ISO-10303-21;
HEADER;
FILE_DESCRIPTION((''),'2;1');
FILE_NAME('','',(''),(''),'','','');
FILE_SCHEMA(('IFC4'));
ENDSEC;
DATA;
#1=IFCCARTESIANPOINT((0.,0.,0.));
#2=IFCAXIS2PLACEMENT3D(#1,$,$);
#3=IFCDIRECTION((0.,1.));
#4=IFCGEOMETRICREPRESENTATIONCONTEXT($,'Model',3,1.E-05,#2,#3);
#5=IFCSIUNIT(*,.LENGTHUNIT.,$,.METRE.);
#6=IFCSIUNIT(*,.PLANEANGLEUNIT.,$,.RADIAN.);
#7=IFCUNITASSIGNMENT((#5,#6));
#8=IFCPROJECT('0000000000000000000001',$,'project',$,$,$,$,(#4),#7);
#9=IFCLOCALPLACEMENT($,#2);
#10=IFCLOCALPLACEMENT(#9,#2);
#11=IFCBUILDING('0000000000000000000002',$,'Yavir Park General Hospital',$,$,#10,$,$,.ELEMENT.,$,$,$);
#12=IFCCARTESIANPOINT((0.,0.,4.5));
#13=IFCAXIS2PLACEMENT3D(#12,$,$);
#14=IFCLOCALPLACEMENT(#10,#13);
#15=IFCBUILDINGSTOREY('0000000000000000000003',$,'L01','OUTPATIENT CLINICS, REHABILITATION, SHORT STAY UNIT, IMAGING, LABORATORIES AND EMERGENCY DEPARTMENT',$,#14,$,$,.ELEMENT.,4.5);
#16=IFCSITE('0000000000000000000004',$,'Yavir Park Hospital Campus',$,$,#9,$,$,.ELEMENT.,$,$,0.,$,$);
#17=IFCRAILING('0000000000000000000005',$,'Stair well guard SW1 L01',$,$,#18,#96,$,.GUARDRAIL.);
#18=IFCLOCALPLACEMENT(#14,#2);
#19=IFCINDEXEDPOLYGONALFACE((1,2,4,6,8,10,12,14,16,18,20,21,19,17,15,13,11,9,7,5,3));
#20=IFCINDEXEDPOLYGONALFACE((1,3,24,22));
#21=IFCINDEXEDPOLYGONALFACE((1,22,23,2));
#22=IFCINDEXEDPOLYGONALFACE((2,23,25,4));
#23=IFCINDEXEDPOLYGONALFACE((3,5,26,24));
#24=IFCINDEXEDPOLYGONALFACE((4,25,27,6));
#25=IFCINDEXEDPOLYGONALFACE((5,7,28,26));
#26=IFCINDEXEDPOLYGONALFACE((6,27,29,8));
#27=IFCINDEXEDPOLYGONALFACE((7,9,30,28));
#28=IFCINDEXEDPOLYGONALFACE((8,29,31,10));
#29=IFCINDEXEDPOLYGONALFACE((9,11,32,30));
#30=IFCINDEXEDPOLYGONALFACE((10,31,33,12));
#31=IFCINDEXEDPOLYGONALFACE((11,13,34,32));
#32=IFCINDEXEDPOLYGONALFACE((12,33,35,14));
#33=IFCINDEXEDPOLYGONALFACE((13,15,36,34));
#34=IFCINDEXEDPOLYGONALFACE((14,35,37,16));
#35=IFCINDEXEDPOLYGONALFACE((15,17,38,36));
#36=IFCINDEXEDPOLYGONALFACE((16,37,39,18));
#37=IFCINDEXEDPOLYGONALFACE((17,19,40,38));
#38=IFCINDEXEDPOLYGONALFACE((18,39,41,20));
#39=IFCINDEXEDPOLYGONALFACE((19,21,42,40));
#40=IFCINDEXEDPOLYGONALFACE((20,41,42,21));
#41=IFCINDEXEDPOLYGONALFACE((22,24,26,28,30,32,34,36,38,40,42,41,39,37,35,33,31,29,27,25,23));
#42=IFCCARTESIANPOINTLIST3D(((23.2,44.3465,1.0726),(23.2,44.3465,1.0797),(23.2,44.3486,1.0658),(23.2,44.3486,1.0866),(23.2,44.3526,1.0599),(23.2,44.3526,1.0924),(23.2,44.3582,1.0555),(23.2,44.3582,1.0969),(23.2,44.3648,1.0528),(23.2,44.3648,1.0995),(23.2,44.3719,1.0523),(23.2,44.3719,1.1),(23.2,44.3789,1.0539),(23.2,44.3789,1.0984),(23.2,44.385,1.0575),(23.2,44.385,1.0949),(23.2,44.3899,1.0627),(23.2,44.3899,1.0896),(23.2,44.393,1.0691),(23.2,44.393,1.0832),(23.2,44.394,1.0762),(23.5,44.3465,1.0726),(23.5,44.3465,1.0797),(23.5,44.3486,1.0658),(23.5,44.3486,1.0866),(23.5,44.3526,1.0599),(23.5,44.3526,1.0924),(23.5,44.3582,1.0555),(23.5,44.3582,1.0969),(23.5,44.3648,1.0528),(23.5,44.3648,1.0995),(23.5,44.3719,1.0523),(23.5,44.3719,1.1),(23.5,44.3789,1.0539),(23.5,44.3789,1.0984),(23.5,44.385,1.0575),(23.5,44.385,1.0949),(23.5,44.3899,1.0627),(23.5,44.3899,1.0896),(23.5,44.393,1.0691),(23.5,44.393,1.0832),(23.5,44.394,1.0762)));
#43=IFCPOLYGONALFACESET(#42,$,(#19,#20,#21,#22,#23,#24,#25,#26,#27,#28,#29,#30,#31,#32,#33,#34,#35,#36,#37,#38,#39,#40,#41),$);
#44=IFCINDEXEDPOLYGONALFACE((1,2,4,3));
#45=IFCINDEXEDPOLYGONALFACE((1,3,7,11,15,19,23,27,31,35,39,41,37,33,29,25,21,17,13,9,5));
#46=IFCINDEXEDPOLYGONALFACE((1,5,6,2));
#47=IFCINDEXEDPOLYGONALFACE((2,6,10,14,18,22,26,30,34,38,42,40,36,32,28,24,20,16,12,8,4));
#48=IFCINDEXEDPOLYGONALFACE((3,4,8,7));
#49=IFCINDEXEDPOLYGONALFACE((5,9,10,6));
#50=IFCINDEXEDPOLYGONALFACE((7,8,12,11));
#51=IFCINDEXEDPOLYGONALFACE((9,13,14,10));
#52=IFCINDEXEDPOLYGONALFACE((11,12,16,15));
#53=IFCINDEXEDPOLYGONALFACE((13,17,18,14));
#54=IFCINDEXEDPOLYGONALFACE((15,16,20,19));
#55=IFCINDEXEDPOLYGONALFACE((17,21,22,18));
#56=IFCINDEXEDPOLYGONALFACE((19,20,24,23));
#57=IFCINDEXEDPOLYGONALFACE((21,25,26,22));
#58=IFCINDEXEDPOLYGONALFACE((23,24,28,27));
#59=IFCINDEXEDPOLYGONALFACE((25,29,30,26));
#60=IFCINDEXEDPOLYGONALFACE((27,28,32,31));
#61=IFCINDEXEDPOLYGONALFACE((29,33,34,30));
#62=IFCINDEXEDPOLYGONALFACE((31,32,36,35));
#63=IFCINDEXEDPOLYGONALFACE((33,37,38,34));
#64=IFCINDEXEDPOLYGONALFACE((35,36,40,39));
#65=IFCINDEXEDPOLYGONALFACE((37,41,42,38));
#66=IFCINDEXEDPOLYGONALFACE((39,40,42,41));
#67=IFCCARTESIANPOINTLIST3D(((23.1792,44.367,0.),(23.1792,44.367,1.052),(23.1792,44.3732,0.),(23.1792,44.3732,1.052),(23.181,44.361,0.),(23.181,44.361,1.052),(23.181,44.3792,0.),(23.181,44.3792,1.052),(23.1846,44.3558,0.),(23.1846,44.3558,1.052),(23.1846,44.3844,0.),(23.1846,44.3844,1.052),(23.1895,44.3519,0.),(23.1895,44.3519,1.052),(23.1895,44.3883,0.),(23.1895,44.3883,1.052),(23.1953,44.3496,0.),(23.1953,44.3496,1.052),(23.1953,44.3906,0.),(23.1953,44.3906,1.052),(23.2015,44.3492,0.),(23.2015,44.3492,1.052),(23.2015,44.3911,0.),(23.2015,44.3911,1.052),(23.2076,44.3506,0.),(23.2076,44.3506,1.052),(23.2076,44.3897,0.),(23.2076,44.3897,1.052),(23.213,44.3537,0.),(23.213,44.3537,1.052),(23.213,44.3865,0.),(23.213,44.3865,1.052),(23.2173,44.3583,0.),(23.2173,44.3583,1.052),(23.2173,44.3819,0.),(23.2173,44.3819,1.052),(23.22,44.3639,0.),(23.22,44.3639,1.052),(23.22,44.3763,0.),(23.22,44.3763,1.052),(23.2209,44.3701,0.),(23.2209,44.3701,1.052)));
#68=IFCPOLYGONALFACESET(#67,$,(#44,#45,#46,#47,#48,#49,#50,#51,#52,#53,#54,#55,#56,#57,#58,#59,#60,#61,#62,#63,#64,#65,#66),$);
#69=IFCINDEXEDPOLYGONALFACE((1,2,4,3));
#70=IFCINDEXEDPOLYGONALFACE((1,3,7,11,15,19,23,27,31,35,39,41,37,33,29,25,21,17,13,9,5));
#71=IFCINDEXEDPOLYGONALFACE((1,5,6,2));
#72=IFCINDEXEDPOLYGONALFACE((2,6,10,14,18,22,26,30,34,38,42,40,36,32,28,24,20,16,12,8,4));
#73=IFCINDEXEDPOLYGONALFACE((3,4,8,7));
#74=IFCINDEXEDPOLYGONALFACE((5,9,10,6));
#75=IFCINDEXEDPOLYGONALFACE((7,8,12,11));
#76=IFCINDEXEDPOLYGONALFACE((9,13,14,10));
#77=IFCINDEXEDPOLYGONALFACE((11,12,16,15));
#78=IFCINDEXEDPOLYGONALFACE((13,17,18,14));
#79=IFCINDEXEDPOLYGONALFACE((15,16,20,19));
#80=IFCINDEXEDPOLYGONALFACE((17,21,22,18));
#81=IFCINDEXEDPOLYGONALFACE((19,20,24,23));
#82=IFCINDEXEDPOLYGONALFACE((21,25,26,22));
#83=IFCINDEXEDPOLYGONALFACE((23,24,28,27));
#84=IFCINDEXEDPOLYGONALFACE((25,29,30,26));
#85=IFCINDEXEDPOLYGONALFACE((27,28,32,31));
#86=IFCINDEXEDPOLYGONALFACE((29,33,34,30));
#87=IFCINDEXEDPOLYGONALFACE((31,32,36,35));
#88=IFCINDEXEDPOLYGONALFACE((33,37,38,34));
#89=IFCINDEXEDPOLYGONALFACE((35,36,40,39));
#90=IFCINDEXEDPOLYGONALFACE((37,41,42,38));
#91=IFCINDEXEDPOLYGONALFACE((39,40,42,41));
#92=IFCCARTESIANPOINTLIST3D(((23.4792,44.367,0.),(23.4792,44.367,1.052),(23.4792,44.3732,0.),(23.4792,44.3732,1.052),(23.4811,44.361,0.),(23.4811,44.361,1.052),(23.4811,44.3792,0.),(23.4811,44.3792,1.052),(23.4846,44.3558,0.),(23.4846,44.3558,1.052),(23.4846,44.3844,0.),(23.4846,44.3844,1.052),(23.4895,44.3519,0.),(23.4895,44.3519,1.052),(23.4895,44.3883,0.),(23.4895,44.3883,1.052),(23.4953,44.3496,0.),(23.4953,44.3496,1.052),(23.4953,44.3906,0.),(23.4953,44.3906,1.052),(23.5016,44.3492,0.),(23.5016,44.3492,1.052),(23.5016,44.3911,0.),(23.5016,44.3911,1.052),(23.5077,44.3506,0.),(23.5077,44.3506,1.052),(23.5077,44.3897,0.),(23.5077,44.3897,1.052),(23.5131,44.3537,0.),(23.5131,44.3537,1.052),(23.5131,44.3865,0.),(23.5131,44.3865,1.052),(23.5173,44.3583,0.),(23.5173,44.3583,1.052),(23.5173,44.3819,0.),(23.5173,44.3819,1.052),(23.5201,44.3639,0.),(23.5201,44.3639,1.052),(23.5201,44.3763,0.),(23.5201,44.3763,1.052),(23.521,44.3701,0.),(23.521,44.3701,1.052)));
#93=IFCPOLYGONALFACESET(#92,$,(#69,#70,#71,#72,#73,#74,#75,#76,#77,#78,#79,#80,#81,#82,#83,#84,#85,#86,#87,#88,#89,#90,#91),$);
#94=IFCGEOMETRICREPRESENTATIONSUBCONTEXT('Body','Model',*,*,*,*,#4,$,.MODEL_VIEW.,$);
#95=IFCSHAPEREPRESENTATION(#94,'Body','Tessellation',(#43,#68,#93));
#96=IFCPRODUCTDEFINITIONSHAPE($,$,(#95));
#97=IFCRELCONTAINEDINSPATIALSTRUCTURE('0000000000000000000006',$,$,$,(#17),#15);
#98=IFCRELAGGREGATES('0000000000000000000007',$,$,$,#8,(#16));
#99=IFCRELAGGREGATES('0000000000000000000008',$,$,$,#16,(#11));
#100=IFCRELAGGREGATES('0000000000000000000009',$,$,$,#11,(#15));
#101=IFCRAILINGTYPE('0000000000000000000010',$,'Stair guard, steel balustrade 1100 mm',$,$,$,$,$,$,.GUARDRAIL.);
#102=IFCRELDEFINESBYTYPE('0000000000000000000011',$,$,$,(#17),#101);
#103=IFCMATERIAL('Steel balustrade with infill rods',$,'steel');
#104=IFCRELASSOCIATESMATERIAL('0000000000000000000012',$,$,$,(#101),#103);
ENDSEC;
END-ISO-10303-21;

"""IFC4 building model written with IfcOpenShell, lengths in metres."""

from ifc_helpers import new_model, si_unit, direction, frame, origin, origin_2d, place, context, subcontext, project, spatial, circle, extrude, material, type_object, element, save


model = new_model("IFC4")

# Units and contexts
model_context = context("Model", 3, precision=1e-05, world=origin(), true_north=direction((0.0, 1.0)))
body_context = subcontext(model_context, "Body", "Model", "MODEL_VIEW")
ifc_project = project(units=[si_unit("LENGTHUNIT", "METRE"), si_unit("PLANEANGLEUNIT", "RADIAN")], contexts=[model_context])

# Site, building, storey
site_placement = place(None, origin())
site = spatial("IfcSite", under=ifc_project, at=site_placement, Name="Yavir Park Hospital Campus", CompositionType="ELEMENT", RefElevation=0.0)
building_placement = place(site_placement, origin())
building = spatial("IfcBuilding", under=site, at=building_placement, Name="Yavir Park General Hospital", CompositionType="ELEMENT")
storey_placement = place(building_placement, frame((0.0, 0.0, 4.5)))
storey = spatial("IfcBuildingStorey", under=building, at=storey_placement, Name="L01", Description="OUTPATIENT CLINICS, REHABILITATION, SHORT STAY UNIT, IMAGING, LABORATORIES AND EMERGENCY DEPARTMENT", CompositionType="ELEMENT", Elevation=4.5)

# Railing
ifc_material_1 = material(Name="Steel balustrade with infill rods", Category="steel")
railing_type_1 = type_object("IfcRailingType", Name="Stair guard, steel balustrade 1100 mm", PredefinedType="GUARDRAIL", material=ifc_material_1)
railing_placement = place(storey_placement, frame((23.2, 44.3701, 0.0)))
element("IfcRailing", 1, at=railing_placement, inside=storey, type_object=railing_type_1, Name="Stair well guard SW1 L01", PredefinedType="GUARDRAIL", context=body_context, shape_type="SweptSolid", body=[
    extrude(circle(Radius=0.0239, at=origin_2d()), frame((0.0, 0.0, 1.0762), z_axis=(1.0, 0.0, 0.0), x_axis=(0.0, 1.0, 0.0)), (0.0, 0.0, 1.0), 0.3),
    extrude(circle(Radius=0.021, at=origin_2d()), origin(), (0.0, 0.0, 1.0), 1.052),
    extrude(circle(Radius=0.021, at=origin_2d()), frame((0.3, 0.0, 0.0)), (0.0, 0.0, 1.0), 1.052),
])

save(model, "model.ifc")
